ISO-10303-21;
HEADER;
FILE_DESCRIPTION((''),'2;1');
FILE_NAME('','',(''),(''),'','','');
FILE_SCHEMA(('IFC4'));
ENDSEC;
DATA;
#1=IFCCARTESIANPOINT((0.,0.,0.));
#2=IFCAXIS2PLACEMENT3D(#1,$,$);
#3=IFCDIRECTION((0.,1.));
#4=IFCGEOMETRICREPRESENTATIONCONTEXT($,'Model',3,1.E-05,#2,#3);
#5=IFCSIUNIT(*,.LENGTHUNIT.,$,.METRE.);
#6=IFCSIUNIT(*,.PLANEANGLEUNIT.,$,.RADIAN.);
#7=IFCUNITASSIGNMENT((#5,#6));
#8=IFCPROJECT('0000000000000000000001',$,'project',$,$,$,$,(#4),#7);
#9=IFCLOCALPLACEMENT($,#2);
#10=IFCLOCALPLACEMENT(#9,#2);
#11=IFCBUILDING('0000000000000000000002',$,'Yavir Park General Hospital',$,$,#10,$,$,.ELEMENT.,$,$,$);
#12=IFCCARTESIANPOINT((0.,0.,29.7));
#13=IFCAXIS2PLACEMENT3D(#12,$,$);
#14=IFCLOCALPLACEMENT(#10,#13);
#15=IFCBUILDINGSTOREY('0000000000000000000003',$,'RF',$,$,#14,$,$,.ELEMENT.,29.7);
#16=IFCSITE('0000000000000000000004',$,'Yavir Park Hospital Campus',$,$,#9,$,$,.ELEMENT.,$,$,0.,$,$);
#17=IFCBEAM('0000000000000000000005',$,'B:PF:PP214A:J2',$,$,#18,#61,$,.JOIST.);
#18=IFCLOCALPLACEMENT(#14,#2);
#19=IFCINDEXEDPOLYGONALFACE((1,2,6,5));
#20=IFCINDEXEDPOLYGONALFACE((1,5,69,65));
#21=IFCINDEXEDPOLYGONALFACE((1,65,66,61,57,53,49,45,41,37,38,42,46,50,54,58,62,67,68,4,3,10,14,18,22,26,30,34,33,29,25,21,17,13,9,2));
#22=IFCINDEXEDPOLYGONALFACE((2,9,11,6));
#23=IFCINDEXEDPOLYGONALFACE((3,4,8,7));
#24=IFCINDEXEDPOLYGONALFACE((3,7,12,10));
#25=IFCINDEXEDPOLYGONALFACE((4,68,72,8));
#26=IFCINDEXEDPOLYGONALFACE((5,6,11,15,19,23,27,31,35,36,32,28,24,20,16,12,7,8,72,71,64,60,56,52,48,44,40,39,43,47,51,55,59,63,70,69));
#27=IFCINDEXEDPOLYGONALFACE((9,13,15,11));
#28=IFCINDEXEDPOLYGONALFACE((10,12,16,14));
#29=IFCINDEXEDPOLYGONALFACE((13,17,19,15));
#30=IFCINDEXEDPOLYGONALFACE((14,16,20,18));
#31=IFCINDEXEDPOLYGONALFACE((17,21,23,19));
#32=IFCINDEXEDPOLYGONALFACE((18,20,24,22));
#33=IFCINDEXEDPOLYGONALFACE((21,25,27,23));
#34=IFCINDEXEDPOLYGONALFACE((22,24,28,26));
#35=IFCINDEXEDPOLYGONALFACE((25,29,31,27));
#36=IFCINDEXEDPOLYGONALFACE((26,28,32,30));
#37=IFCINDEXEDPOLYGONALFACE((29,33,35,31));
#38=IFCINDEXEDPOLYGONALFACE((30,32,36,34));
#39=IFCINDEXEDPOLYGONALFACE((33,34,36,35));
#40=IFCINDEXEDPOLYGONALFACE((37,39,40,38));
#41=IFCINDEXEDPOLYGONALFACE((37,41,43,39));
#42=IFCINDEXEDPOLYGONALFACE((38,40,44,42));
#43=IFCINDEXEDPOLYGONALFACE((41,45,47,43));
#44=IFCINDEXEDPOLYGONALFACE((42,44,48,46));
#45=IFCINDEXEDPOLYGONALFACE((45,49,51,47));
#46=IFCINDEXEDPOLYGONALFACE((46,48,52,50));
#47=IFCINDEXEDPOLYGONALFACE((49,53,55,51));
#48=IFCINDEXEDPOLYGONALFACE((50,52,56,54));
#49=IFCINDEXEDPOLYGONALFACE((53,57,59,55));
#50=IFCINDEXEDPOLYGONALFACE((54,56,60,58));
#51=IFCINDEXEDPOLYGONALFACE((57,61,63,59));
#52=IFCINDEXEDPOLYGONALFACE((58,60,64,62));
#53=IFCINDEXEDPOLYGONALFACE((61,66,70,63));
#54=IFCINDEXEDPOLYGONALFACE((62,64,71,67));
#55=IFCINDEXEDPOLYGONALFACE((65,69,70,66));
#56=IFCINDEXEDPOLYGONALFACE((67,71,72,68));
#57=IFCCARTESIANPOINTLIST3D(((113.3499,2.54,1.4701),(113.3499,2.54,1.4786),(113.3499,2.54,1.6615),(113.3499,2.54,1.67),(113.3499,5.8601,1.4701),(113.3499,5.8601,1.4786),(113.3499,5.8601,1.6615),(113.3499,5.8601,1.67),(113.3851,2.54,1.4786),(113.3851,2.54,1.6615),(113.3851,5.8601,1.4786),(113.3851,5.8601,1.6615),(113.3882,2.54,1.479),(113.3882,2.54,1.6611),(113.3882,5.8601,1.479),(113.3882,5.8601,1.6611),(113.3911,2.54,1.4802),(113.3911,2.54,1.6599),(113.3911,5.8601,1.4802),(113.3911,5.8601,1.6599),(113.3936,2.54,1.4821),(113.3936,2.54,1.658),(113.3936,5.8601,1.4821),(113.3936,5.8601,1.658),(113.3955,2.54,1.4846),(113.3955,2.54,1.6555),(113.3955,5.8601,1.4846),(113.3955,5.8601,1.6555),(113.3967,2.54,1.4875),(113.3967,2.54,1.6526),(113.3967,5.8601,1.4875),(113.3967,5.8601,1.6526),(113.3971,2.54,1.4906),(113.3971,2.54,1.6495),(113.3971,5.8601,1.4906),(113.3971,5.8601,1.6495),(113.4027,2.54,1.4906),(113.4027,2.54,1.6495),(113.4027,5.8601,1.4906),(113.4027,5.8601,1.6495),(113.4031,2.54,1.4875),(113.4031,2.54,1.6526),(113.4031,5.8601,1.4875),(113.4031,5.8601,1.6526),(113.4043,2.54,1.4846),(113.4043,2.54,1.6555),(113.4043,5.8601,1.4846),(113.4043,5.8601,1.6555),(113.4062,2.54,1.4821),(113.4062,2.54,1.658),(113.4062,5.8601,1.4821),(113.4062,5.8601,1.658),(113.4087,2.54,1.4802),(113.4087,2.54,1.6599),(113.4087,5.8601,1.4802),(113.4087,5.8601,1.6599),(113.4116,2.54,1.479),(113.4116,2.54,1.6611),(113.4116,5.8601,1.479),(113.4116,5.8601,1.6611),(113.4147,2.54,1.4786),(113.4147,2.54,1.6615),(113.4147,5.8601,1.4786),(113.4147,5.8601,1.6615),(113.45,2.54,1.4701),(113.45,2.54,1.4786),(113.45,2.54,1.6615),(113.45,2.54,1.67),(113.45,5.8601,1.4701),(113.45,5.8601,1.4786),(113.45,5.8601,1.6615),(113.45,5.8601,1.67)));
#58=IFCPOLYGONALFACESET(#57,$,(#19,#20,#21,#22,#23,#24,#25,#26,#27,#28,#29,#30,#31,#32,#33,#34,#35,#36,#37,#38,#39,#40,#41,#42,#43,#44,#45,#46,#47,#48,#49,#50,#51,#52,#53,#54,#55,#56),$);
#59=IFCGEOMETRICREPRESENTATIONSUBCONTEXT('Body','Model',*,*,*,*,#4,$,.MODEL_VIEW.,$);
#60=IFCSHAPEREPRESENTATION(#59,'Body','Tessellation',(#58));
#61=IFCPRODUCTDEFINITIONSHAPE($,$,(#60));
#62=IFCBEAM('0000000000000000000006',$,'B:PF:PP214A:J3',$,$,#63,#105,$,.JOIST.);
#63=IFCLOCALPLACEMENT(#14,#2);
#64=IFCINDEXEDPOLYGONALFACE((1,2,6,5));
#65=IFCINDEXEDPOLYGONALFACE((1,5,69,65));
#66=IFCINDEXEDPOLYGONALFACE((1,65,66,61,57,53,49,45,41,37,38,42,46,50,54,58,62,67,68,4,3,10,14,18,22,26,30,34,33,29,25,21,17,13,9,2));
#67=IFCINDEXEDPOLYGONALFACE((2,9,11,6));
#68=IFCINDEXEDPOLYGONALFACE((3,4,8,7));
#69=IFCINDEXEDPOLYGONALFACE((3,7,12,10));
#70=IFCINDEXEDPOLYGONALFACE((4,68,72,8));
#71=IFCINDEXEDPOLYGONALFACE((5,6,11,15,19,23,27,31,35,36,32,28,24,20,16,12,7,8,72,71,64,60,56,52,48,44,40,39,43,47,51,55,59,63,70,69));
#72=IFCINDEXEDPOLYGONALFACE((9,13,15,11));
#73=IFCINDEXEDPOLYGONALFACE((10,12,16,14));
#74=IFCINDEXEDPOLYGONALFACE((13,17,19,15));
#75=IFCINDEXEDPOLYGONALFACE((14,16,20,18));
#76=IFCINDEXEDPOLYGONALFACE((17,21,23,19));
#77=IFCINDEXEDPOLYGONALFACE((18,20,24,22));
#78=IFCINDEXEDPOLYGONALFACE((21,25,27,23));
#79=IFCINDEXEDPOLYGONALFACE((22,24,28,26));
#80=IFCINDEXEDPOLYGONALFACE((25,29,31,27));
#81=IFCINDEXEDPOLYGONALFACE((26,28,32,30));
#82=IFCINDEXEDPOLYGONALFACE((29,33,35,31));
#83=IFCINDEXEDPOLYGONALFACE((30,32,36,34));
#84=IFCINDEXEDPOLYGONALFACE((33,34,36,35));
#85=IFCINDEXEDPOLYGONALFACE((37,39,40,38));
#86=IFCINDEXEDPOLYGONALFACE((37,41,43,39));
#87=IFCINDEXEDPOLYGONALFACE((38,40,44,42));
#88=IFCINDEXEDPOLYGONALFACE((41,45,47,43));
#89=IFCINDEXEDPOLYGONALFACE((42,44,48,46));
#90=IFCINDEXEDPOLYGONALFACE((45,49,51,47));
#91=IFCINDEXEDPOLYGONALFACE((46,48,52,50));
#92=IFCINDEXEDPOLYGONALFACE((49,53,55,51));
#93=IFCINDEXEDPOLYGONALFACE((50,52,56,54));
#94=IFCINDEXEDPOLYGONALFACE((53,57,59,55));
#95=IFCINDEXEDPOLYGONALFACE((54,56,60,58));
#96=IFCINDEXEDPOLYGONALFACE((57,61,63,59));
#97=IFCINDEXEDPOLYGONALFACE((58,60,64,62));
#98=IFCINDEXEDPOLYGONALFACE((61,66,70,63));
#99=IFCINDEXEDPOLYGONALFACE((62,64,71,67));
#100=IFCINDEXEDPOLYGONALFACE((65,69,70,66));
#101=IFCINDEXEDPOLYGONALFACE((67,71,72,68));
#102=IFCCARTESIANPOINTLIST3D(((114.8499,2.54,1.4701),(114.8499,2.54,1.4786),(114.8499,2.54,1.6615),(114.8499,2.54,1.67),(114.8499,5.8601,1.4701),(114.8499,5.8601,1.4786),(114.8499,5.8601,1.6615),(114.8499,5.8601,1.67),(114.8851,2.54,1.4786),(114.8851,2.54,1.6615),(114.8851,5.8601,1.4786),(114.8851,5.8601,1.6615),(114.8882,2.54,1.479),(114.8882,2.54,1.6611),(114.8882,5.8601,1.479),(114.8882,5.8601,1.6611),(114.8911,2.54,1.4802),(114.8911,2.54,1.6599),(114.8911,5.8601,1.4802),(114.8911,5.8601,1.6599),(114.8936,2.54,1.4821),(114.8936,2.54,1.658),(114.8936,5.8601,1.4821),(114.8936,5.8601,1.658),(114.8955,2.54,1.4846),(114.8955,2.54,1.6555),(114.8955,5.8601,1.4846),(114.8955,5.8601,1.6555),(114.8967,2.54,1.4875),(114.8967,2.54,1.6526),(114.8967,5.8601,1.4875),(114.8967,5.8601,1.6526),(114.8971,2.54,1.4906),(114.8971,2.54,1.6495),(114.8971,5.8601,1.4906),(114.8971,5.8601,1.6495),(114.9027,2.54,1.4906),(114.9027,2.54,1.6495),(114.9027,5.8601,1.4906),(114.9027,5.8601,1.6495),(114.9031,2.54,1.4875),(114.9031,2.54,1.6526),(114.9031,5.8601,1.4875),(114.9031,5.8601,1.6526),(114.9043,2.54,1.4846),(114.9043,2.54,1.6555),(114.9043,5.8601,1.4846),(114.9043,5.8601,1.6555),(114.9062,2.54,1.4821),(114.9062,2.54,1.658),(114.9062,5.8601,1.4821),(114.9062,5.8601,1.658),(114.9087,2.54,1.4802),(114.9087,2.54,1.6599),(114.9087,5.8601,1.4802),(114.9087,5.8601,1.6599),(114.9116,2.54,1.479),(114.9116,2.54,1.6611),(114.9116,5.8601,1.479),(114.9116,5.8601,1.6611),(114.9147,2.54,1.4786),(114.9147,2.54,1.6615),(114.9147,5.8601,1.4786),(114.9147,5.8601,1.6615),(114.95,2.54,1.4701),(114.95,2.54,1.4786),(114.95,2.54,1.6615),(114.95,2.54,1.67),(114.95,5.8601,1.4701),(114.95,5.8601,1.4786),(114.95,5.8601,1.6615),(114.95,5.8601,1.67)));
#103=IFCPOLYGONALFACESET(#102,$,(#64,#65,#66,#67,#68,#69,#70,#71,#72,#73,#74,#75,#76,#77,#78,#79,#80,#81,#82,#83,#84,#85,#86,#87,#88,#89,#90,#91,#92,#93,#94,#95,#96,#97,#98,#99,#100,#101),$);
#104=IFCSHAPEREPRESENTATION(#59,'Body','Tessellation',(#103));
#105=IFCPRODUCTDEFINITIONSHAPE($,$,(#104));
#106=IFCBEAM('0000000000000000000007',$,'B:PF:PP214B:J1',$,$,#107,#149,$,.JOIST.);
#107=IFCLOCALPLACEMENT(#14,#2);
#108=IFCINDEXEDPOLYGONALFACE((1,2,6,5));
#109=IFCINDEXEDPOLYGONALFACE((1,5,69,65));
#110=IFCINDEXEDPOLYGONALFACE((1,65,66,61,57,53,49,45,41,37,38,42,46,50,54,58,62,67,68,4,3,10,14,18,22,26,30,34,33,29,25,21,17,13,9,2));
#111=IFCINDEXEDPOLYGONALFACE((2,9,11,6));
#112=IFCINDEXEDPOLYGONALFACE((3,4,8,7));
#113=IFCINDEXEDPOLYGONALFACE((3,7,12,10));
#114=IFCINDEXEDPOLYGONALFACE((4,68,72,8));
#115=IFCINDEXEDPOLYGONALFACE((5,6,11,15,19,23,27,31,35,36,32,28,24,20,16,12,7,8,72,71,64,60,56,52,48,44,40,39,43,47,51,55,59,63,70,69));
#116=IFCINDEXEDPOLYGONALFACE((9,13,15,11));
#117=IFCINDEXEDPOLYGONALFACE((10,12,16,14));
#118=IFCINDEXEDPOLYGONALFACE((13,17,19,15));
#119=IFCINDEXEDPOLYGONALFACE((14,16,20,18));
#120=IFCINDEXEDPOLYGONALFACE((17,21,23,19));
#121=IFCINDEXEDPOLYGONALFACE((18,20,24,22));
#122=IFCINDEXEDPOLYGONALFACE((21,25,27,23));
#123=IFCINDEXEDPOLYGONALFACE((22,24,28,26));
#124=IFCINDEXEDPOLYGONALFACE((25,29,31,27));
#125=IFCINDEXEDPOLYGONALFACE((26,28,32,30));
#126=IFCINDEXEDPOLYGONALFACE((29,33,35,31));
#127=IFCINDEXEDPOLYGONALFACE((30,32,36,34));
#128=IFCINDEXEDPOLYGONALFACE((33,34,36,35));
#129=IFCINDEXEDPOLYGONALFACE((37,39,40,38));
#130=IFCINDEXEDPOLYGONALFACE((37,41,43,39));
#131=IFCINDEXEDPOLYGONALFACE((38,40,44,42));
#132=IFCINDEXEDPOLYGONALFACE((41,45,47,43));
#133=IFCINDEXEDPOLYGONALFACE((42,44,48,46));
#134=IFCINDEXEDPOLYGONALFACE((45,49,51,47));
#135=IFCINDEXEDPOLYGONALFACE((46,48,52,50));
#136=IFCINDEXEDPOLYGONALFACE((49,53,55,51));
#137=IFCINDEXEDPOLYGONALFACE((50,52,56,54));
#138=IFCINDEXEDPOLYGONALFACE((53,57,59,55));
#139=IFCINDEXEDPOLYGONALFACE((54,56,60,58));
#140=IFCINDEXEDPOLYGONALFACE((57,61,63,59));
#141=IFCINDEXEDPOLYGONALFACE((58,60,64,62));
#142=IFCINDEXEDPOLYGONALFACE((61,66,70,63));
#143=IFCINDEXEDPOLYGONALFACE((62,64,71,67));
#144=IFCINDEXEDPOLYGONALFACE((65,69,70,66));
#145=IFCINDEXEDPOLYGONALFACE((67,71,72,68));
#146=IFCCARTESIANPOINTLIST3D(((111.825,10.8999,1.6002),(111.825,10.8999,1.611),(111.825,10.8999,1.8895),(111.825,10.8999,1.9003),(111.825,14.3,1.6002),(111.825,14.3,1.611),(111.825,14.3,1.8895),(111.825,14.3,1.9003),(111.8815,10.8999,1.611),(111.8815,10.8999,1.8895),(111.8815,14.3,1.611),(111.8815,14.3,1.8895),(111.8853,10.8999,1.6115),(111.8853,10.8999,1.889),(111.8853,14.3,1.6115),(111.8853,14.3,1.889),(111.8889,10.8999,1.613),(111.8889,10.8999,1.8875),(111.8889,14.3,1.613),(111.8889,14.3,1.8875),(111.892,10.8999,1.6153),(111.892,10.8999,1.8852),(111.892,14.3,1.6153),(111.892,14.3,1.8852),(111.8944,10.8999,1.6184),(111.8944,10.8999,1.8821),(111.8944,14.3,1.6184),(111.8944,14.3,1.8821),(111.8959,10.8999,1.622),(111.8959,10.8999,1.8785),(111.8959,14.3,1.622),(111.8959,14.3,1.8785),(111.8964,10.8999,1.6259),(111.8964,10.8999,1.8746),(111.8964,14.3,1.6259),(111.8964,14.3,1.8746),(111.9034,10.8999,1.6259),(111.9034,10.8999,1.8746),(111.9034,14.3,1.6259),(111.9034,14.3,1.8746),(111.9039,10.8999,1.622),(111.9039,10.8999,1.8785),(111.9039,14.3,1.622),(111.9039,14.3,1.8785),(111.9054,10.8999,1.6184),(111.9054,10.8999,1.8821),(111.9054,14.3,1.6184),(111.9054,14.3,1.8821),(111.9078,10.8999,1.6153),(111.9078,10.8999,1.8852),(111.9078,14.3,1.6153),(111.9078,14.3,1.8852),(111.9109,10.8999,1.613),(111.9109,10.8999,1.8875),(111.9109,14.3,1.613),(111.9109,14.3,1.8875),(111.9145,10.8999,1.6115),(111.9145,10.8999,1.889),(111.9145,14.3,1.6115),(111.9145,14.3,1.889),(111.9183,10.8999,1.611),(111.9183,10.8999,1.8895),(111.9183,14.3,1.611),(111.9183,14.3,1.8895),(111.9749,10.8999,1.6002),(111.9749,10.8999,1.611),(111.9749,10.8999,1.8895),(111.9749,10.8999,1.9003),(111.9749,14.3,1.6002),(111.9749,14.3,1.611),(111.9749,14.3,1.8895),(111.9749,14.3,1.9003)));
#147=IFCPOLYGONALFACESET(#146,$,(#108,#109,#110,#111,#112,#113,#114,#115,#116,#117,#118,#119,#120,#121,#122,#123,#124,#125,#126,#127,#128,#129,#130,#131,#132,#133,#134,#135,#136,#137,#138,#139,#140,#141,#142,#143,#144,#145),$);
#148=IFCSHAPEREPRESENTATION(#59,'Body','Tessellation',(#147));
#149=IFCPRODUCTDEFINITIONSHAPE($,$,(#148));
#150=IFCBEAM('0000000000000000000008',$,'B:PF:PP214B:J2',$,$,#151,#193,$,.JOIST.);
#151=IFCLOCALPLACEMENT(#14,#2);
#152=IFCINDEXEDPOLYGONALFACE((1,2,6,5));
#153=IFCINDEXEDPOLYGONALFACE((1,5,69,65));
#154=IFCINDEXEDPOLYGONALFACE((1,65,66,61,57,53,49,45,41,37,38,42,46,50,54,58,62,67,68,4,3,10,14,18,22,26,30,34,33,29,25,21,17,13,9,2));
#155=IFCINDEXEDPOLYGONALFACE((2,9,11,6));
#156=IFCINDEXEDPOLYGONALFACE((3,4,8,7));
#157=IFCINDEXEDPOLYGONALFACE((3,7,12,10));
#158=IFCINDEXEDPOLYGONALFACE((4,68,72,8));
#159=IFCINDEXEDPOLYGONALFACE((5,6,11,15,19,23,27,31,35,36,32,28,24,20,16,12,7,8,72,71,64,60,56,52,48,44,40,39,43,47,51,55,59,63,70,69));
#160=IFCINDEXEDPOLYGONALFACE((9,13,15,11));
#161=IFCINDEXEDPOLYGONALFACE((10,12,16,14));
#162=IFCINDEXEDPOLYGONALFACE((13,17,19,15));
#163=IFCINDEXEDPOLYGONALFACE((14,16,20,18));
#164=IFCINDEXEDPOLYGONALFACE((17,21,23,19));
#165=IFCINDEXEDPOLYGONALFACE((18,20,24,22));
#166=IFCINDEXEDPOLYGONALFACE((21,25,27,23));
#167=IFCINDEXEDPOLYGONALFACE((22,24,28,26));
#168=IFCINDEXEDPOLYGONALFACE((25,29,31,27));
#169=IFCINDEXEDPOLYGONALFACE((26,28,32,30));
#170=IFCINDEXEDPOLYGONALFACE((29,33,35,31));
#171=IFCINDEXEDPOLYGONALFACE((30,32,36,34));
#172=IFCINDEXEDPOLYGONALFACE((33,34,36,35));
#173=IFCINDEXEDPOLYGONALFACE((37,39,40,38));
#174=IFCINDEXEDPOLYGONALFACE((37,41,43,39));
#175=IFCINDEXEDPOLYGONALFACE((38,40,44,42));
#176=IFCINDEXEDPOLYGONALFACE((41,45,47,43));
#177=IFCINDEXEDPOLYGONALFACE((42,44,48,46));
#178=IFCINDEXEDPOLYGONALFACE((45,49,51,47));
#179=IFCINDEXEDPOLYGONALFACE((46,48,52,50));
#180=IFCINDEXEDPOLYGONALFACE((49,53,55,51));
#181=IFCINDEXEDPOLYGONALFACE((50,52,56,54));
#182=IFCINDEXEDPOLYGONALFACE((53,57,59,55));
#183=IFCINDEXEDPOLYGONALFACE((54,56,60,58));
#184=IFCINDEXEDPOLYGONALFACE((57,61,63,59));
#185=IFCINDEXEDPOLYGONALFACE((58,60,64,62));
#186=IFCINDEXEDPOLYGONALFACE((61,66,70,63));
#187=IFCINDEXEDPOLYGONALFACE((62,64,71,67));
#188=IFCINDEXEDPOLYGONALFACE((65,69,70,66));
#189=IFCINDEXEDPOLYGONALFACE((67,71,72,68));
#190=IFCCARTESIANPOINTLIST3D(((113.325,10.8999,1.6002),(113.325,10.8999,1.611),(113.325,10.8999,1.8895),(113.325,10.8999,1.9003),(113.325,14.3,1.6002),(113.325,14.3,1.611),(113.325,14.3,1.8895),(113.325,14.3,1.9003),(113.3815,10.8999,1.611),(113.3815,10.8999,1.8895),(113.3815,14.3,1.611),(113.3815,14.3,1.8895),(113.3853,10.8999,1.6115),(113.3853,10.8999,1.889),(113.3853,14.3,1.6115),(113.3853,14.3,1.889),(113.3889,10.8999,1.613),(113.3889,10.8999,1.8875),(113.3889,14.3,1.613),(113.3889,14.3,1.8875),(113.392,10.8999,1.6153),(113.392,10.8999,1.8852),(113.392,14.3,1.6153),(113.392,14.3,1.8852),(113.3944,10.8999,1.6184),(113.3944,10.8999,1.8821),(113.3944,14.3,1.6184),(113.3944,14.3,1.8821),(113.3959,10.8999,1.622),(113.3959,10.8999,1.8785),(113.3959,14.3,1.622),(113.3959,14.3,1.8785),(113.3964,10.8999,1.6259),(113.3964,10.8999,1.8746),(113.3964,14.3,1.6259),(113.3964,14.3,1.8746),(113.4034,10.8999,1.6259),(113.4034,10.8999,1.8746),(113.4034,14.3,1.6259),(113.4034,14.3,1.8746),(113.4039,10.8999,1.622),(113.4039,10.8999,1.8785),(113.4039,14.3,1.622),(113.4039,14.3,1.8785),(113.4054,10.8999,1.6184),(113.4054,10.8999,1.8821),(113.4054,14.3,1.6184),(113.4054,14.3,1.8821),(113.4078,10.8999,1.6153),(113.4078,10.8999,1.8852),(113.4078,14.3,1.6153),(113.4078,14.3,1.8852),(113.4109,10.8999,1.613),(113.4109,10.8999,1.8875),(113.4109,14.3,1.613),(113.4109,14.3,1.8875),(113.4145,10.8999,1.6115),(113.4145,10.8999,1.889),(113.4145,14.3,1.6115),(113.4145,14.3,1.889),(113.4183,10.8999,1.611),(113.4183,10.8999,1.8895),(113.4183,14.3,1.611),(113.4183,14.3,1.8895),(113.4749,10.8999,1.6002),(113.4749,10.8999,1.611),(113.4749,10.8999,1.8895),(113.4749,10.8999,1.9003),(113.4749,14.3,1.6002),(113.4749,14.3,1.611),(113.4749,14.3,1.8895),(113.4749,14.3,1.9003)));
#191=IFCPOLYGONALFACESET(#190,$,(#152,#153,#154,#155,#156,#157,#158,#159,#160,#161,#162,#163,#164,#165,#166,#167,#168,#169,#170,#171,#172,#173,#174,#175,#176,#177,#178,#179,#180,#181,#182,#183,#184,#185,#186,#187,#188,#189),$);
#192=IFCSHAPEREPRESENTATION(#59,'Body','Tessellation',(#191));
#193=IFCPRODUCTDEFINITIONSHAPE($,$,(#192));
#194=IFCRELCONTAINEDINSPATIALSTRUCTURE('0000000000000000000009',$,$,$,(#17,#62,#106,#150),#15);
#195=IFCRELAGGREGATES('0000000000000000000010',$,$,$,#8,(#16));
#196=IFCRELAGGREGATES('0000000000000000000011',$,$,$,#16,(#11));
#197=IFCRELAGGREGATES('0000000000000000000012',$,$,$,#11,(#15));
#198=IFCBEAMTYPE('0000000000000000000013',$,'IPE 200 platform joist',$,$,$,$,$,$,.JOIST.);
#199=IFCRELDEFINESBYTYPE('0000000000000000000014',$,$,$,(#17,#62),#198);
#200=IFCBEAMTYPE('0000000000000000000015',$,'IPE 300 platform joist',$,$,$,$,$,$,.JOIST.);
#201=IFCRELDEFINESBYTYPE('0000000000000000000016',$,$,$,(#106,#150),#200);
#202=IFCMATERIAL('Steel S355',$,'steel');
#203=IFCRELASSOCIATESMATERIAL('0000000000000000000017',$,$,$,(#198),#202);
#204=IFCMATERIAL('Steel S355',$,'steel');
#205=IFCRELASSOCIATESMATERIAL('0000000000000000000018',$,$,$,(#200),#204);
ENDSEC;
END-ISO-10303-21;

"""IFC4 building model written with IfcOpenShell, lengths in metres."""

from ifc_helpers import new_model, si_unit, direction, frame, origin, origin_2d, place, context, subcontext, project, spatial, i_section, extrude, material, material_profile, profile_set, type_object, element, save


model = new_model("IFC4")

# Units and contexts
model_context = context("Model", 3, precision=1e-05, world=origin(), true_north=direction((0.0, 1.0)))
body_context = subcontext(model_context, "Body", "Model", "MODEL_VIEW")
ifc_project = project(units=[si_unit("LENGTHUNIT", "METRE"), si_unit("PLANEANGLEUNIT", "RADIAN")], contexts=[model_context])

# Site, building, storey
site_placement = place(None, origin())
site = spatial("IfcSite", under=ifc_project, at=site_placement, Name="Yavir Park Hospital Campus", CompositionType="ELEMENT", RefElevation=0.0)
building_placement = place(site_placement, origin())
building = spatial("IfcBuilding", under=site, at=building_placement, Name="Yavir Park General Hospital", CompositionType="ELEMENT")
storey_placement = place(building_placement, frame((0.0, 0.0, 29.7)))
storey = spatial("IfcBuildingStorey", under=building, at=storey_placement, Name="RF", CompositionType="ELEMENT", Elevation=29.7)

# Beams
ifc_material_1 = material(Name="Steel S355", Category="steel")
ifc_material_profile_1 = material_profile(ifc_material_1, i_section(OverallWidth=0.1001, OverallDepth=0.2, WebThickness=0.0056, FlangeThickness=0.0085, FilletRadius=0.012, at=origin_2d()), Name="IPE200")
ifc_profile_set_1 = profile_set([ifc_material_profile_1], Name="Steel S355")
beam_type_1 = type_object("IfcBeamType", Name="IPE 200 platform joist", PredefinedType="JOIST", material=ifc_profile_set_1)
for number, where, z_axis, x_axis, name in (
    (1, (113.3999, 2.54, 1.5701), (0.0, 1.0, 0.0), (-1.0, 0.0, 0.0), "B:PF:PP214A:J2"),
    (2, (114.8999, 2.54, 1.5701), (0.0, 1.0, 0.0), (-1.0, 0.0, 0.0), "B:PF:PP214A:J3"),
):
    element("IfcBeam", number, at=place(storey_placement, frame(where, z_axis=z_axis, x_axis=x_axis)), inside=storey, type_object=beam_type_1, Name=name, PredefinedType="JOIST", context=body_context, shape_type="SweptSolid", body=[
        extrude(i_section(OverallWidth=0.1001, OverallDepth=0.2, WebThickness=0.0056, FlangeThickness=0.0085, FilletRadius=0.012, at=origin_2d()), origin(), (0.0, 0.0, 1.0), 3.3201),
    ])
ifc_material_2 = material(Name="Steel S355", Category="steel")
ifc_material_profile_2 = material_profile(ifc_material_2, i_section(OverallWidth=0.1499, OverallDepth=0.3, WebThickness=0.0071, FlangeThickness=0.0107, FilletRadius=0.0149, at=origin_2d()), Name="IPE300")
ifc_profile_set_2 = profile_set([ifc_material_profile_2], Name="Steel S355")
beam_type_2 = type_object("IfcBeamType", Name="IPE 300 platform joist", PredefinedType="JOIST", material=ifc_profile_set_2)
for number, where, z_axis, x_axis, name in (
    (3, (111.8999, 10.8999, 1.7502), (0.0, 1.0, 0.0), (-1.0, 0.0, 0.0), "B:PF:PP214B:J1"),
    (4, (113.3999, 10.8999, 1.7502), (0.0, 1.0, 0.0), (-1.0, 0.0, 0.0), "B:PF:PP214B:J2"),
):
    element("IfcBeam", number, at=place(storey_placement, frame(where, z_axis=z_axis, x_axis=x_axis)), inside=storey, type_object=beam_type_2, Name=name, PredefinedType="JOIST", context=body_context, shape_type="SweptSolid", body=[
        extrude(i_section(OverallWidth=0.1499, OverallDepth=0.3, WebThickness=0.0071, FlangeThickness=0.0107, FilletRadius=0.0149, at=origin_2d()), origin(), (0.0, 0.0, 1.0), 3.4001),
    ])

save(model, "model.ifc")
